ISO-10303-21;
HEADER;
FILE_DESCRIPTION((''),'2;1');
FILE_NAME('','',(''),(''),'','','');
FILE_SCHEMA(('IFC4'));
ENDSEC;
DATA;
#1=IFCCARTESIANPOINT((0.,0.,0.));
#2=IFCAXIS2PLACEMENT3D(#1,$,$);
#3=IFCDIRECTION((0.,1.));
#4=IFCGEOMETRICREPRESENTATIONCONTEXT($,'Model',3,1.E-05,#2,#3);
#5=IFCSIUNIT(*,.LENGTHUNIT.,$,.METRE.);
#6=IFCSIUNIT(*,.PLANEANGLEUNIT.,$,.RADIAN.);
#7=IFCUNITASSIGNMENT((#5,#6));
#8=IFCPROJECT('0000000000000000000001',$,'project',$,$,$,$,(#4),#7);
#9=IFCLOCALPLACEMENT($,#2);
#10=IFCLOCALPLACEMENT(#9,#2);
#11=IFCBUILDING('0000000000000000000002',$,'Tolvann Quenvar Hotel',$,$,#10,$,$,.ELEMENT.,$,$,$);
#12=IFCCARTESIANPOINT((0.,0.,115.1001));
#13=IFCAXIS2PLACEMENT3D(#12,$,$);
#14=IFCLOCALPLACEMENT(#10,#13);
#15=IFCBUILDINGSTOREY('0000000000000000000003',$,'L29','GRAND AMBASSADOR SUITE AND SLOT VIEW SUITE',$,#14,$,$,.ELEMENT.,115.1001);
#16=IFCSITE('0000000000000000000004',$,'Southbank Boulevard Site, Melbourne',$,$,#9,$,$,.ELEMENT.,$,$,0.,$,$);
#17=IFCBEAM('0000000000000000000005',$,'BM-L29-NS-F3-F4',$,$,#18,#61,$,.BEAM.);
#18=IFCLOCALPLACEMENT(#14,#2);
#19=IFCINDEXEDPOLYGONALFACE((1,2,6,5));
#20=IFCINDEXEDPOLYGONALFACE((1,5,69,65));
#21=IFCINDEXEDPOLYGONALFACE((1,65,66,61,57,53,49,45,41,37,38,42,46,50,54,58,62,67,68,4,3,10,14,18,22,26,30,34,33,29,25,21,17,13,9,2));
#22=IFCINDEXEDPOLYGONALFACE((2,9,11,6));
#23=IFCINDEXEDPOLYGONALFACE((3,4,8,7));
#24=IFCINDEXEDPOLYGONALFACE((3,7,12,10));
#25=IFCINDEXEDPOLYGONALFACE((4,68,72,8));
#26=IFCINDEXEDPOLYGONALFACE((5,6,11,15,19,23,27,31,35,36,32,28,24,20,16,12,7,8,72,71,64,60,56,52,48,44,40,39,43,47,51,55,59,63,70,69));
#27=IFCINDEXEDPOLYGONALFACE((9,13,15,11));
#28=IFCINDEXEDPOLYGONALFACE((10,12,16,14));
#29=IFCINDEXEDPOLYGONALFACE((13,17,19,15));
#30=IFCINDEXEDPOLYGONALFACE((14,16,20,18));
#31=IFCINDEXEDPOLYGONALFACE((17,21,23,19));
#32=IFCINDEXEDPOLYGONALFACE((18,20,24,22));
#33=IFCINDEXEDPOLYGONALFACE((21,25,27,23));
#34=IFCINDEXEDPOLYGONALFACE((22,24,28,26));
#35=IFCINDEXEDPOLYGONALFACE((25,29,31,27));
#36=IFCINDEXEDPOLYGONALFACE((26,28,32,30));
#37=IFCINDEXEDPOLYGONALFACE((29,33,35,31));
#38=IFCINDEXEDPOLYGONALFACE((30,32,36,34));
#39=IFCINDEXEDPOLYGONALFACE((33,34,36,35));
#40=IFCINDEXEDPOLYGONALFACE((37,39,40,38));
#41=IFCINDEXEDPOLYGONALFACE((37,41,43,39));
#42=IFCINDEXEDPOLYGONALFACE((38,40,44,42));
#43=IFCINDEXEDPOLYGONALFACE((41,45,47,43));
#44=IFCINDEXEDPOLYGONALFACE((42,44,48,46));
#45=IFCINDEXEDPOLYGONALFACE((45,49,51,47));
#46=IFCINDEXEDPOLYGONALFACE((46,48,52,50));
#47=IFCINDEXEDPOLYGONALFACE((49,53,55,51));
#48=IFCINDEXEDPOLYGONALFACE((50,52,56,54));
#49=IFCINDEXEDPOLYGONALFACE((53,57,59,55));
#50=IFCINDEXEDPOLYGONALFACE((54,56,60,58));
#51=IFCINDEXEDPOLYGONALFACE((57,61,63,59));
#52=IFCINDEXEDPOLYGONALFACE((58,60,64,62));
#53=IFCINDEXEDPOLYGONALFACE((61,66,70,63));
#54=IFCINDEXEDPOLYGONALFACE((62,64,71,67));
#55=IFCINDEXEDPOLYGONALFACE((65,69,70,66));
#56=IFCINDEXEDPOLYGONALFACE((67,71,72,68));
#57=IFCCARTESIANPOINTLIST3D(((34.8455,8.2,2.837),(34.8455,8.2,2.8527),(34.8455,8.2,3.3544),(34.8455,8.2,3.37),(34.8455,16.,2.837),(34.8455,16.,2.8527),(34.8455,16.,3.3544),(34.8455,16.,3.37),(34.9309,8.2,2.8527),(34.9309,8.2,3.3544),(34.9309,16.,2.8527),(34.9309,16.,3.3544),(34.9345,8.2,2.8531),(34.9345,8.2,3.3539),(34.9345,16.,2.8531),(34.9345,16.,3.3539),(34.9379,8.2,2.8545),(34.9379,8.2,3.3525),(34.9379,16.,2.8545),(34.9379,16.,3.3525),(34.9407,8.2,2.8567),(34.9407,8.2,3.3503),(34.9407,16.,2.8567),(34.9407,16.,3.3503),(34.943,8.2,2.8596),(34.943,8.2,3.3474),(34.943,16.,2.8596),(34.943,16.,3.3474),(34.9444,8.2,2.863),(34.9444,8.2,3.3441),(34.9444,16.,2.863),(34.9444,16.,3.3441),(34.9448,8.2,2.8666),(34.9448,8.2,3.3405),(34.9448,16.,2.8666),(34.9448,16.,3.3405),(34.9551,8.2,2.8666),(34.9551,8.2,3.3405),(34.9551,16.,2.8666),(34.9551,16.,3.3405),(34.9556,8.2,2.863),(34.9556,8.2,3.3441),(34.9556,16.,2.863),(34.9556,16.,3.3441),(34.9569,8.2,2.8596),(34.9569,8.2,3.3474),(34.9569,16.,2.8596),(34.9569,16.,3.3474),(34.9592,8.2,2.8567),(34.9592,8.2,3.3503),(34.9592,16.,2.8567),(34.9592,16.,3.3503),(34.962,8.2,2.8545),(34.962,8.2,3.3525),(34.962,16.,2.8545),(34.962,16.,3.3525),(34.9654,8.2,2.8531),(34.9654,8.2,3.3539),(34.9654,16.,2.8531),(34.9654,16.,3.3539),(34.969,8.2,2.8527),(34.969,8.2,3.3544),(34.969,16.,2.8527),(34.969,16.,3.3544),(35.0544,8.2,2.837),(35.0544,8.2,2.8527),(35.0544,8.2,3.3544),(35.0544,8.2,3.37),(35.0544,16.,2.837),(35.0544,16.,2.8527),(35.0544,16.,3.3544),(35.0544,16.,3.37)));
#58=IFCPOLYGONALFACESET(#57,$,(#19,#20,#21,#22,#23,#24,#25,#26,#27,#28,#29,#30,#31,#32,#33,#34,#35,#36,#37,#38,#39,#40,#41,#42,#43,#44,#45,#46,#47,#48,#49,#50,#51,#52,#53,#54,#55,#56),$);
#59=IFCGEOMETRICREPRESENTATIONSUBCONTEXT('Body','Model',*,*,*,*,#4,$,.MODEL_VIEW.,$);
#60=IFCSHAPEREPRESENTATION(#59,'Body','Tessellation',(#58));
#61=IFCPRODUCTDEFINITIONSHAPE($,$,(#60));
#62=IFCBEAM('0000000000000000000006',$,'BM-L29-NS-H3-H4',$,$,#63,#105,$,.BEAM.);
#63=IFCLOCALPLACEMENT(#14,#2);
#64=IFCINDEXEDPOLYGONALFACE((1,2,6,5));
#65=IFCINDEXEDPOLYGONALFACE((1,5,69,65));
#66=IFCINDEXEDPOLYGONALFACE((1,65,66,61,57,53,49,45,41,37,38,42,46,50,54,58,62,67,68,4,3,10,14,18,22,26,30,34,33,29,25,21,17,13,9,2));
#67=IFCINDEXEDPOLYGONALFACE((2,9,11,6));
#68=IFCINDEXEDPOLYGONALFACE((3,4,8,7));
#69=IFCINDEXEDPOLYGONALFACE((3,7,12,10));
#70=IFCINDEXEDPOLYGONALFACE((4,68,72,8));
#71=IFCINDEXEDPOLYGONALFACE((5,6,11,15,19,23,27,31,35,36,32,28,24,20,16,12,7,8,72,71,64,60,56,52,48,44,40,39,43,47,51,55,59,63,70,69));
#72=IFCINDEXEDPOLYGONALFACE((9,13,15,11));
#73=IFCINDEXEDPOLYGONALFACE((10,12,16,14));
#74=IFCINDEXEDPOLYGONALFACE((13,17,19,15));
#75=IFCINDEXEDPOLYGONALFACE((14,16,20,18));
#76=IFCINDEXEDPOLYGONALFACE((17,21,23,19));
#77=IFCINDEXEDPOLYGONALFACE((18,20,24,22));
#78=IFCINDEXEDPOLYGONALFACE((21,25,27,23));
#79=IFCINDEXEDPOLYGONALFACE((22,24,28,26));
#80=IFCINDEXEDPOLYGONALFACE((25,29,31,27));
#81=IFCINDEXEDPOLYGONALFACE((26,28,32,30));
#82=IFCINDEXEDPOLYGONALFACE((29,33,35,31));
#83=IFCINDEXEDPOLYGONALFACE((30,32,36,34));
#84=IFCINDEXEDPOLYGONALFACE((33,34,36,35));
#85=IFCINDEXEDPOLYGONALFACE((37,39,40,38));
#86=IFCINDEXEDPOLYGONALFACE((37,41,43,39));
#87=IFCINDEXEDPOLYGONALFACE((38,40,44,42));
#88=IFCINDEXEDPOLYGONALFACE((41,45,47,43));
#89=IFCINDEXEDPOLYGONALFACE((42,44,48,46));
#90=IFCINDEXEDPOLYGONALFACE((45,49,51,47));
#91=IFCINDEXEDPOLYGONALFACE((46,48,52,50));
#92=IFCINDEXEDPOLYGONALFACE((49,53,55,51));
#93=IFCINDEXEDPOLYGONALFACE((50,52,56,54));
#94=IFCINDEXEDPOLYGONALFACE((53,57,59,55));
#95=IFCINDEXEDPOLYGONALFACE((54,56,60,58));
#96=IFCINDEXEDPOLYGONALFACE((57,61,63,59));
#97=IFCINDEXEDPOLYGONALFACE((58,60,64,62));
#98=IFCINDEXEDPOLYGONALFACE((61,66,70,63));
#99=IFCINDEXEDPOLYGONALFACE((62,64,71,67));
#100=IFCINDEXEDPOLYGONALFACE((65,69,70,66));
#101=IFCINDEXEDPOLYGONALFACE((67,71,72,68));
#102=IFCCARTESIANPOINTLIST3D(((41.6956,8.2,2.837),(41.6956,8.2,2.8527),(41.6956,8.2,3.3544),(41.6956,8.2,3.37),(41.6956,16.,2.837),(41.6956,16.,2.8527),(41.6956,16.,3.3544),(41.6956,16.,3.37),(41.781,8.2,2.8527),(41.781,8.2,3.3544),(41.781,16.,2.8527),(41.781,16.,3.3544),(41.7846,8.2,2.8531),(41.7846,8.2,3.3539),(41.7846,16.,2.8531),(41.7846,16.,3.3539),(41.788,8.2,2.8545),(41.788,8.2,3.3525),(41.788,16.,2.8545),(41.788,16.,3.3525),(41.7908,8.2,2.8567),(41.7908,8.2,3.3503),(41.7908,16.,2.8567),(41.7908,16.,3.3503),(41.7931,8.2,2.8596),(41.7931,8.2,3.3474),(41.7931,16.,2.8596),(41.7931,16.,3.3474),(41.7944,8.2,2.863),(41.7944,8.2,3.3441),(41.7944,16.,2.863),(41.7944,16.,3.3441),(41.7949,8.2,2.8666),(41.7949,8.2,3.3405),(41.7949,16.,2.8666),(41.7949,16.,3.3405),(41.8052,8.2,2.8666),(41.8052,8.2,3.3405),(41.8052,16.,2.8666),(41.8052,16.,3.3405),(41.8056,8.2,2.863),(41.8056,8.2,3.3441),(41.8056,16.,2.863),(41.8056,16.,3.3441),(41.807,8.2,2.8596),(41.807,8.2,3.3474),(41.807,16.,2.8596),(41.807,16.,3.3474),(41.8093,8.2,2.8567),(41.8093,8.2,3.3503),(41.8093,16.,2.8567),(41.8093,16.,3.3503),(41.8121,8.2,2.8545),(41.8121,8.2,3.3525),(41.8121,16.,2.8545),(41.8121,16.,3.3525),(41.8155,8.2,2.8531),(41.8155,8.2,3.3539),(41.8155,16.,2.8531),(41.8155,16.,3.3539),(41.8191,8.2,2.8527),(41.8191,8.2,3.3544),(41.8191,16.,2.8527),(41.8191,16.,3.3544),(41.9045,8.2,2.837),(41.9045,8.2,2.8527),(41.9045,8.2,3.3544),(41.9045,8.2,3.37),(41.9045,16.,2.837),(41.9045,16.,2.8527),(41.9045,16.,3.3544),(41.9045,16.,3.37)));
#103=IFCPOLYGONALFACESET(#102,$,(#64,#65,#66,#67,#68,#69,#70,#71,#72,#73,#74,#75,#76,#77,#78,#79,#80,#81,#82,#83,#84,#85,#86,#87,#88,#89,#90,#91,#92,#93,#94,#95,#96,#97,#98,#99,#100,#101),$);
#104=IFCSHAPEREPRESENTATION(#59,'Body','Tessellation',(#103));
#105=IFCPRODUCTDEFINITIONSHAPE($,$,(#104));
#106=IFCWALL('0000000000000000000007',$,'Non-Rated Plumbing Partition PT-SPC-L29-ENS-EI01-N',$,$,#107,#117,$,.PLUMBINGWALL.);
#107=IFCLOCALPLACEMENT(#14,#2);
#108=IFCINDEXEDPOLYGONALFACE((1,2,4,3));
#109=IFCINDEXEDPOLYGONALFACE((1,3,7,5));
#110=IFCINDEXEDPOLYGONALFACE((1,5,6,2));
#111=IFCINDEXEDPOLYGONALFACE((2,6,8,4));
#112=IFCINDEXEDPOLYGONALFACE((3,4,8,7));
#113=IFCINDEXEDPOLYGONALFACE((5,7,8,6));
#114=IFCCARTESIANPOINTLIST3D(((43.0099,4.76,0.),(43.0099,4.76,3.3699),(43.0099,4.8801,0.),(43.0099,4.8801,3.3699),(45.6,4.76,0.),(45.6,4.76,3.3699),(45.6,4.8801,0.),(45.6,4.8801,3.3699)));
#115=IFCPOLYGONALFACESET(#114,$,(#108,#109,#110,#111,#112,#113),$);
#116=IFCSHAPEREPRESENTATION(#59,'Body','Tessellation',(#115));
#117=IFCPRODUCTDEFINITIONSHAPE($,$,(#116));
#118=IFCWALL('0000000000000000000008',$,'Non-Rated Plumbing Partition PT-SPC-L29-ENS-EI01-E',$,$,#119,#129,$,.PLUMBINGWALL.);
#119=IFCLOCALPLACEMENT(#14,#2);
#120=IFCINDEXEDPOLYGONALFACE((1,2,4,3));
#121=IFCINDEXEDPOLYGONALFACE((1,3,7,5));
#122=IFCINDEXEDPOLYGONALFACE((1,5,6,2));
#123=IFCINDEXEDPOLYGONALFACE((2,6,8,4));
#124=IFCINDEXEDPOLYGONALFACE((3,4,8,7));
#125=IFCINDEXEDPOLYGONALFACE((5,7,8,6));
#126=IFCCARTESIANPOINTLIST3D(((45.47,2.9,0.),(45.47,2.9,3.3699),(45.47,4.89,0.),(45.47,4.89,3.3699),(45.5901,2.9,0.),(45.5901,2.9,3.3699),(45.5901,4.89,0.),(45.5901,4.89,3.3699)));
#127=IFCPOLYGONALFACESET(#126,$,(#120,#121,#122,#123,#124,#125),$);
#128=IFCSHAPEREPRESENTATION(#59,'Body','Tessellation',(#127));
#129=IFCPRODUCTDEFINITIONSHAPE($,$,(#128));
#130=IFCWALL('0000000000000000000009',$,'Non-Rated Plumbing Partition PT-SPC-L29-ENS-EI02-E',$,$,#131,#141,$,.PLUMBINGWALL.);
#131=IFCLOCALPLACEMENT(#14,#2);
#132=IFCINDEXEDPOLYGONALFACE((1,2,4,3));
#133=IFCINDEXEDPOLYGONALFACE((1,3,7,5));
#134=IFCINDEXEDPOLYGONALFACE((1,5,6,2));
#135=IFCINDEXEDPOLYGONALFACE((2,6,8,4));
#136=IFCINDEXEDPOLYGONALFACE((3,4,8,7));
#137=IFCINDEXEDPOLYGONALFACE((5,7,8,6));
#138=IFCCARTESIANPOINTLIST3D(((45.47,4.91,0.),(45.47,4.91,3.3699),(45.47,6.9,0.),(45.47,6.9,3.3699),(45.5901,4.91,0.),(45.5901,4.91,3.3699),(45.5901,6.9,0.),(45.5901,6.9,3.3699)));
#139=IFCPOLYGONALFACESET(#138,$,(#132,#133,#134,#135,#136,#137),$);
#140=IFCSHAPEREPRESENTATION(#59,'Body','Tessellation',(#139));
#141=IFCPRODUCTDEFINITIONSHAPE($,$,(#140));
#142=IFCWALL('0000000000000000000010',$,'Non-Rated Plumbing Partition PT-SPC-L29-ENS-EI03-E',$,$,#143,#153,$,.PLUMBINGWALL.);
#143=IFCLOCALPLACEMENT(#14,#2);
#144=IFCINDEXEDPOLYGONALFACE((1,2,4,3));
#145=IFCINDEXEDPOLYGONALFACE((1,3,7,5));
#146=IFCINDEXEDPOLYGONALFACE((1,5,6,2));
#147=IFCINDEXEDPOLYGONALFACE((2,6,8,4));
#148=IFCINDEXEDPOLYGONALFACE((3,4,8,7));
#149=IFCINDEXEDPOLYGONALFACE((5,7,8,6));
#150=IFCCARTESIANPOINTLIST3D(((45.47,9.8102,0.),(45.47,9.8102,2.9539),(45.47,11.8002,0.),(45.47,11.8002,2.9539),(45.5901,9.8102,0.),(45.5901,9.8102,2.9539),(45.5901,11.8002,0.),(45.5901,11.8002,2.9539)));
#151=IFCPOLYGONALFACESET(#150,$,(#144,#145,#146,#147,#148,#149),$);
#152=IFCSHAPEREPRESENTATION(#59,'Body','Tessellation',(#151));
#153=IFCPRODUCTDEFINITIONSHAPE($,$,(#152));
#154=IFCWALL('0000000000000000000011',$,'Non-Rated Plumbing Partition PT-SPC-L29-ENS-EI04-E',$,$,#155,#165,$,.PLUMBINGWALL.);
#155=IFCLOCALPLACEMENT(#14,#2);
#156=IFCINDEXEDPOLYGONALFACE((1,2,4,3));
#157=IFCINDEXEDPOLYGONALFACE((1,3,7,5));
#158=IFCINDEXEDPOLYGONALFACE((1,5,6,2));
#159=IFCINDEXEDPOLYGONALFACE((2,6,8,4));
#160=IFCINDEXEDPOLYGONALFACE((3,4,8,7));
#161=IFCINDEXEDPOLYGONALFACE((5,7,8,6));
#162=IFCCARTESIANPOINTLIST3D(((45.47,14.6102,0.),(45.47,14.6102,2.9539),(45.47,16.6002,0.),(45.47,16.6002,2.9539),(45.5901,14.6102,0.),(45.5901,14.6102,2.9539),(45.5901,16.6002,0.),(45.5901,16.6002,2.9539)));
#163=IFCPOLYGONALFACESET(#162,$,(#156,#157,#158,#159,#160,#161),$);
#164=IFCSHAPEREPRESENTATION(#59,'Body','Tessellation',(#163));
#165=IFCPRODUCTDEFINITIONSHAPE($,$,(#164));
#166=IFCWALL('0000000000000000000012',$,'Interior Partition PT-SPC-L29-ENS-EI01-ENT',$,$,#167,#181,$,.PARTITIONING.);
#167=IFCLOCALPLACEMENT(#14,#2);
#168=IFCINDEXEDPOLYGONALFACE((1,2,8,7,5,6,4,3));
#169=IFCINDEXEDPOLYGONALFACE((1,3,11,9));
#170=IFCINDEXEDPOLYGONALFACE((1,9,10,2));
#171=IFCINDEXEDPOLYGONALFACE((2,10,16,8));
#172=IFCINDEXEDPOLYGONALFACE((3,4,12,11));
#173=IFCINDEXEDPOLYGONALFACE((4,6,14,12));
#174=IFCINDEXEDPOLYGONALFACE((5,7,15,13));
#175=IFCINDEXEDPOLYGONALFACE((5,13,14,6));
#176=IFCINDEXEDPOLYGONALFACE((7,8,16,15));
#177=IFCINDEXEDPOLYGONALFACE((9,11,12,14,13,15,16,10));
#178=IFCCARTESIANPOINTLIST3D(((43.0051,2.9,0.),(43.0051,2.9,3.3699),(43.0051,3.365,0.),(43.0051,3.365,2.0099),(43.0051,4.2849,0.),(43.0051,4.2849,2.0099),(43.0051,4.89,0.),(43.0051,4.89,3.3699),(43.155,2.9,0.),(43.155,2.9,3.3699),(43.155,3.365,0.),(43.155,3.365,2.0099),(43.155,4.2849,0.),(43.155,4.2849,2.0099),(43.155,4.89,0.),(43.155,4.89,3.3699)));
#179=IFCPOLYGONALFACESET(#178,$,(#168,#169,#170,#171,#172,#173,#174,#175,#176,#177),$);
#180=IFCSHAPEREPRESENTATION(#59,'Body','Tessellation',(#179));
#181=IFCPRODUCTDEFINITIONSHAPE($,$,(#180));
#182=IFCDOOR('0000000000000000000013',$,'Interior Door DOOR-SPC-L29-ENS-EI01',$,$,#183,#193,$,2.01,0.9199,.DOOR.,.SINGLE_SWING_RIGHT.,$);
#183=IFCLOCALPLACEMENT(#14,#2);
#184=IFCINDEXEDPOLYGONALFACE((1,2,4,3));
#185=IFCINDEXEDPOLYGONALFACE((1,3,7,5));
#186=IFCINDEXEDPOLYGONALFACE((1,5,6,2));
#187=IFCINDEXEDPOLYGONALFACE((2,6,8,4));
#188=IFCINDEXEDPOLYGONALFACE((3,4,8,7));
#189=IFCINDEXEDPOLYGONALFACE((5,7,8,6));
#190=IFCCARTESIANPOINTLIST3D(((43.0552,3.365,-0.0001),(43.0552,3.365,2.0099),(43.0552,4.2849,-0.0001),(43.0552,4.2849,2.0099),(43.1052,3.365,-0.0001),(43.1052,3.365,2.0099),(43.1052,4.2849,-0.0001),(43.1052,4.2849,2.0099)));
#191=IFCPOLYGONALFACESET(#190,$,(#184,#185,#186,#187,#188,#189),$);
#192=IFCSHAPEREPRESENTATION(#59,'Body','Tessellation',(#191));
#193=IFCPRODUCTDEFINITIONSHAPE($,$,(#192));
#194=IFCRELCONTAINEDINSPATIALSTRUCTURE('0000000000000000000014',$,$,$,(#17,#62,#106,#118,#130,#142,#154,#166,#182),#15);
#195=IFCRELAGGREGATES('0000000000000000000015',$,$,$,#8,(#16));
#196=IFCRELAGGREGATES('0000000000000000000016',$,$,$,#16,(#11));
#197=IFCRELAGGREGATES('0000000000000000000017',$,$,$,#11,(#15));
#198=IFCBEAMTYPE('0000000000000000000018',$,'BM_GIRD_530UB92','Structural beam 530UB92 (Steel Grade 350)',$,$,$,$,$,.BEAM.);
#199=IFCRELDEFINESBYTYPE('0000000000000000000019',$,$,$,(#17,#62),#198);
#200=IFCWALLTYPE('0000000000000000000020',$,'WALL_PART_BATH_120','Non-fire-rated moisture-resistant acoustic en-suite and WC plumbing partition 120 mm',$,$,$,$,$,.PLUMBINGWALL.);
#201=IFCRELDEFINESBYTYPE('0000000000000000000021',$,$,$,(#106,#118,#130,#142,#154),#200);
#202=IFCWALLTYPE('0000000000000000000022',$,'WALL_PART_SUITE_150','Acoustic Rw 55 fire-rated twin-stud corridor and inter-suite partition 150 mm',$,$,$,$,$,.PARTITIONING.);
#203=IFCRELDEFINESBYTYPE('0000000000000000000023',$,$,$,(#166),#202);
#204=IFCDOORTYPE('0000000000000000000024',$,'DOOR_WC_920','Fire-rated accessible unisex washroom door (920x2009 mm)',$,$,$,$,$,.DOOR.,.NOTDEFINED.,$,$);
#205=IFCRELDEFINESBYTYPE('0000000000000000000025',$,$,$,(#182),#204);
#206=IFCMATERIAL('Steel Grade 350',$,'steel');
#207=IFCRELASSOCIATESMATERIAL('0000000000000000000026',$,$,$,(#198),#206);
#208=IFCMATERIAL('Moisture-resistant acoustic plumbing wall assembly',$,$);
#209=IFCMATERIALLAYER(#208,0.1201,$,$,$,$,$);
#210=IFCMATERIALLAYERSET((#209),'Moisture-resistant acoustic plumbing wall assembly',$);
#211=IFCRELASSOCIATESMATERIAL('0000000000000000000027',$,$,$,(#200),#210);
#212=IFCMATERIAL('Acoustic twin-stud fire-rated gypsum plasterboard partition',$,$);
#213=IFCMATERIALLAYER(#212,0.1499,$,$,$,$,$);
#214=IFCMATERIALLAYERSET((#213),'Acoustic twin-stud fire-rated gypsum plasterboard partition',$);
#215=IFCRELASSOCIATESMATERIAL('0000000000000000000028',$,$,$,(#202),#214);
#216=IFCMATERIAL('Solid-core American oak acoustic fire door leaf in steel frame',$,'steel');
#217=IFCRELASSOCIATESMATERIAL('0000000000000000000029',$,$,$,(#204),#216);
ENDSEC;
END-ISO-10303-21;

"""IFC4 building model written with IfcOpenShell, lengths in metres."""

from ifc_helpers import new_model, si_unit, direction, frame, frame_2d, origin, origin_2d, place, context, subcontext, project, spatial, rectangle, i_section, extrude, source, transform, mapped, material, layer, layer_set, material_profile, profile_set, type_object, type_shapes, element, fill, save


model = new_model("IFC4")

# Units and contexts
model_context = context("Model", 3, precision=1e-05, world=origin(), true_north=direction((0.0, 1.0)))
body_context = subcontext(model_context, "Body", "Model", "MODEL_VIEW")
ifc_project = project(units=[si_unit("LENGTHUNIT", "METRE"), si_unit("PLANEANGLEUNIT", "RADIAN")], contexts=[model_context])

# Site, building, storey
site_placement = place(None, origin())
site = spatial("IfcSite", under=ifc_project, at=site_placement, Name="Southbank Boulevard Site, Melbourne", CompositionType="ELEMENT", RefElevation=0.0)
building_placement = place(site_placement, origin())
building = spatial("IfcBuilding", under=site, at=building_placement, Name="Tolvann Quenvar Hotel", CompositionType="ELEMENT")
storey_placement = place(building_placement, frame((0.0, 0.0, 115.1001)))
storey = spatial("IfcBuildingStorey", under=building, at=storey_placement, Name="L29", Description="GRAND AMBASSADOR SUITE AND SLOT VIEW SUITE", CompositionType="ELEMENT", Elevation=115.1001)

# Shared definitions
ifc_material_1 = material(Name="Steel Grade 350", Category="steel")

# Beams
ifc_material_profile_1 = material_profile(ifc_material_1, i_section(OverallWidth=0.209, OverallDepth=0.533, WebThickness=0.0103, FlangeThickness=0.0156, FilletRadius=0.0139, at=origin_2d()), Name="530UB92")
ifc_profile_set_1 = profile_set([ifc_material_profile_1], Name="Steel Grade 350")
beam_type_1 = type_object("IfcBeamType", Name="BM_GIRD_530UB92", Description="Structural beam 530UB92 (Steel Grade 350)", PredefinedType="BEAM", material=ifc_profile_set_1)
shared_shape_1 = source(origin(), body_context, "Body", "SweptSolid", [
    extrude(i_section(OverallWidth=0.209, OverallDepth=0.533, WebThickness=0.0103, FlangeThickness=0.0156, FilletRadius=0.0139, at=origin_2d()), origin(), (0.0, 0.0, 1.0), 7.8),
])
for number, where, z_axis, x_axis, name in (
    (1, (34.95, 8.2, 3.1035), (0.0, 1.0, 0.0), (-1.0, 0.0, 0.0), "BM-L29-NS-F3-F4"),
    (2, (41.8, 8.2, 3.1035), (0.0, 1.0, 0.0), (-1.0, 0.0, 0.0), "BM-L29-NS-H3-H4"),
):
    element("IfcBeam", number, at=place(storey_placement, frame(where, z_axis=z_axis, x_axis=x_axis)), inside=storey, type_object=beam_type_1, Name=name, PredefinedType="BEAM", context=body_context, shape_type="MappedRepresentation", body=[
        mapped(shared_shape_1, transform((0.0, 0.0, 0.0), x_axis=(1.0, 0.0, 0.0), y_axis=(0.0, 1.0, 0.0), z_axis=(0.0, 0.0, 1.0), scale=1.0)),
    ])

# Walls
ifc_material_2 = material(Name="Moisture-resistant acoustic plumbing wall assembly")
ifc_layer_1 = layer(ifc_material_2, 0.1201)
ifc_layer_set_1 = layer_set([ifc_layer_1], Name="Moisture-resistant acoustic plumbing wall assembly")
wall_type_1 = type_object("IfcWallType", Name="WALL_PART_BATH_120", Description="Non-fire-rated moisture-resistant acoustic en-suite and WC plumbing partition 120 mm", PredefinedType="PLUMBINGWALL", material=ifc_layer_set_1)
wall_1_placement = place(storey_placement, frame((43.01, 4.8201, 0.0), z_axis=(0.0, 0.0, 1.0), x_axis=(1.0, 0.0, 0.0)))
element("IfcWall", 3, at=wall_1_placement, inside=storey, type_object=wall_type_1, Name="Non-Rated Plumbing Partition PT-SPC-L29-ENS-EI01-N", PredefinedType="PLUMBINGWALL", context=body_context, shape_type="SweptSolid", body=[
    extrude(rectangle(XDim=2.5901, YDim=0.1201, at=frame_2d((1.2949, 0.0))), origin(), (0.0, 0.0, 1.0), 3.3699),
])
for number, where, z_axis, x_axis, name in (
    (4, (45.53, 2.8999, 0.0), (0.0, 0.0, 1.0), (0.0, 1.0, 0.0), "Non-Rated Plumbing Partition PT-SPC-L29-ENS-EI01-E"),
    (5, (45.53, 4.9099, 0.0), (0.0, 0.0, 1.0), (0.0, 1.0, 0.0), "Non-Rated Plumbing Partition PT-SPC-L29-ENS-EI02-E"),
):
    element("IfcWall", number, at=place(storey_placement, frame(where, z_axis=z_axis, x_axis=x_axis)), inside=storey, type_object=wall_type_1, Name=name, PredefinedType="PLUMBINGWALL", context=body_context, shape_type="SweptSolid", body=[
        extrude(rectangle(XDim=1.99, YDim=0.1201, at=frame_2d((0.9951, 0.0))), origin(), (0.0, 0.0, 1.0), 3.3699),
    ])
for number, where, z_axis, x_axis, name in (
    (6, (45.53, 9.8101, 0.0), (0.0, 0.0, 1.0), (0.0, 1.0, 0.0), "Non-Rated Plumbing Partition PT-SPC-L29-ENS-EI03-E"),
    (7, (45.53, 14.6101, 0.0), (0.0, 0.0, 1.0), (0.0, 1.0, 0.0), "Non-Rated Plumbing Partition PT-SPC-L29-ENS-EI04-E"),
):
    element("IfcWall", number, at=place(storey_placement, frame(where, z_axis=z_axis, x_axis=x_axis)), inside=storey, type_object=wall_type_1, Name=name, PredefinedType="PLUMBINGWALL", context=body_context, shape_type="SweptSolid", body=[
        extrude(rectangle(XDim=1.99, YDim=0.1201, at=frame_2d((0.9951, 0.0))), origin(), (0.0, 0.0, 1.0), 2.9539),
    ])

# Wall, opening, door
ifc_material_3 = material(Name="Acoustic twin-stud fire-rated gypsum plasterboard partition")
ifc_layer_2 = layer(ifc_material_3, 0.1499)
ifc_layer_set_2 = layer_set([ifc_layer_2], Name="Acoustic twin-stud fire-rated gypsum plasterboard partition")
wall_type_2 = type_object("IfcWallType", Name="WALL_PART_SUITE_150", Description="Acoustic Rw 55 fire-rated twin-stud corridor and inter-suite partition 150 mm", PredefinedType="PARTITIONING", material=ifc_layer_set_2)
wall_2_placement = place(storey_placement, frame((43.0801, 2.8999, 0.0), z_axis=(0.0, 0.0, 1.0), x_axis=(0.0, 1.0, 0.0)))
wall_2 = element("IfcWall", 8, at=wall_2_placement, inside=storey, type_object=wall_type_2, Name="Interior Partition PT-SPC-L29-ENS-EI01-ENT", PredefinedType="PARTITIONING", context=body_context, shape_type="SweptSolid", body=[
    extrude(rectangle(XDim=1.99, YDim=0.1499, at=frame_2d((0.9951, 0.0))), origin(), (0.0, 0.0, 1.0), 3.3699),
])
opening_1_placement = place(wall_2_placement, frame((0.4651, 0.0, 0.0)))
opening_1 = element("IfcOpeningElement", 9, at=opening_1_placement, cuts=wall_2, PredefinedType="OPENING", context=body_context, shape_type="SweptSolid", body=[
    extrude(rectangle(XDim=0.9199, YDim=2.01, at=frame_2d((0.46, 1.0049))), frame((0.0, 0.085, 0.0), z_axis=(0.0, -1.0, 0.0), x_axis=(1.0, 0.0, 0.0)), (0.0, 0.0, 1.0), 0.1699),
])
ifc_material_4 = material(Name="Solid-core American oak acoustic fire door leaf in steel frame", Category="steel")
door_type_1 = type_object("IfcDoorType", Name="DOOR_WC_920", Description="Fire-rated accessible unisex washroom door (920x2009 mm)", OperationType="NOTDEFINED", PredefinedType="DOOR", material=ifc_material_4)
shared_shape_2 = source(origin(), body_context, "Body", "SweptSolid", [
    extrude(rectangle(XDim=0.9199, YDim=2.01, at=frame_2d((0.46, 1.0049))), frame((0.0, 0.0249, 0.0), z_axis=(0.0, -1.0, 0.0), x_axis=(1.0, 0.0, 0.0)), (0.0, 0.0, 1.0), 0.05),
])
type_shapes(door_type_1, [shared_shape_2])
door_1_placement = place(opening_1_placement, origin())
door_1 = element("IfcDoor", 10, at=door_1_placement, inside=storey, type_object=door_type_1, Name="Interior Door DOOR-SPC-L29-ENS-EI01", OperationType="SINGLE_SWING_RIGHT", OverallHeight=2.01, OverallWidth=0.9199, PredefinedType="DOOR", context=body_context, shape_type="MappedRepresentation", body=[
    mapped(shared_shape_2, transform((0.0, 0.0, 0.0), x_axis=(1.0, 0.0, 0.0), y_axis=(0.0, 1.0, 0.0), z_axis=(0.0, 0.0, 1.0), scale=1.0)),
])
fill(opening_1, door_1)

save(model, "model.ifc")
